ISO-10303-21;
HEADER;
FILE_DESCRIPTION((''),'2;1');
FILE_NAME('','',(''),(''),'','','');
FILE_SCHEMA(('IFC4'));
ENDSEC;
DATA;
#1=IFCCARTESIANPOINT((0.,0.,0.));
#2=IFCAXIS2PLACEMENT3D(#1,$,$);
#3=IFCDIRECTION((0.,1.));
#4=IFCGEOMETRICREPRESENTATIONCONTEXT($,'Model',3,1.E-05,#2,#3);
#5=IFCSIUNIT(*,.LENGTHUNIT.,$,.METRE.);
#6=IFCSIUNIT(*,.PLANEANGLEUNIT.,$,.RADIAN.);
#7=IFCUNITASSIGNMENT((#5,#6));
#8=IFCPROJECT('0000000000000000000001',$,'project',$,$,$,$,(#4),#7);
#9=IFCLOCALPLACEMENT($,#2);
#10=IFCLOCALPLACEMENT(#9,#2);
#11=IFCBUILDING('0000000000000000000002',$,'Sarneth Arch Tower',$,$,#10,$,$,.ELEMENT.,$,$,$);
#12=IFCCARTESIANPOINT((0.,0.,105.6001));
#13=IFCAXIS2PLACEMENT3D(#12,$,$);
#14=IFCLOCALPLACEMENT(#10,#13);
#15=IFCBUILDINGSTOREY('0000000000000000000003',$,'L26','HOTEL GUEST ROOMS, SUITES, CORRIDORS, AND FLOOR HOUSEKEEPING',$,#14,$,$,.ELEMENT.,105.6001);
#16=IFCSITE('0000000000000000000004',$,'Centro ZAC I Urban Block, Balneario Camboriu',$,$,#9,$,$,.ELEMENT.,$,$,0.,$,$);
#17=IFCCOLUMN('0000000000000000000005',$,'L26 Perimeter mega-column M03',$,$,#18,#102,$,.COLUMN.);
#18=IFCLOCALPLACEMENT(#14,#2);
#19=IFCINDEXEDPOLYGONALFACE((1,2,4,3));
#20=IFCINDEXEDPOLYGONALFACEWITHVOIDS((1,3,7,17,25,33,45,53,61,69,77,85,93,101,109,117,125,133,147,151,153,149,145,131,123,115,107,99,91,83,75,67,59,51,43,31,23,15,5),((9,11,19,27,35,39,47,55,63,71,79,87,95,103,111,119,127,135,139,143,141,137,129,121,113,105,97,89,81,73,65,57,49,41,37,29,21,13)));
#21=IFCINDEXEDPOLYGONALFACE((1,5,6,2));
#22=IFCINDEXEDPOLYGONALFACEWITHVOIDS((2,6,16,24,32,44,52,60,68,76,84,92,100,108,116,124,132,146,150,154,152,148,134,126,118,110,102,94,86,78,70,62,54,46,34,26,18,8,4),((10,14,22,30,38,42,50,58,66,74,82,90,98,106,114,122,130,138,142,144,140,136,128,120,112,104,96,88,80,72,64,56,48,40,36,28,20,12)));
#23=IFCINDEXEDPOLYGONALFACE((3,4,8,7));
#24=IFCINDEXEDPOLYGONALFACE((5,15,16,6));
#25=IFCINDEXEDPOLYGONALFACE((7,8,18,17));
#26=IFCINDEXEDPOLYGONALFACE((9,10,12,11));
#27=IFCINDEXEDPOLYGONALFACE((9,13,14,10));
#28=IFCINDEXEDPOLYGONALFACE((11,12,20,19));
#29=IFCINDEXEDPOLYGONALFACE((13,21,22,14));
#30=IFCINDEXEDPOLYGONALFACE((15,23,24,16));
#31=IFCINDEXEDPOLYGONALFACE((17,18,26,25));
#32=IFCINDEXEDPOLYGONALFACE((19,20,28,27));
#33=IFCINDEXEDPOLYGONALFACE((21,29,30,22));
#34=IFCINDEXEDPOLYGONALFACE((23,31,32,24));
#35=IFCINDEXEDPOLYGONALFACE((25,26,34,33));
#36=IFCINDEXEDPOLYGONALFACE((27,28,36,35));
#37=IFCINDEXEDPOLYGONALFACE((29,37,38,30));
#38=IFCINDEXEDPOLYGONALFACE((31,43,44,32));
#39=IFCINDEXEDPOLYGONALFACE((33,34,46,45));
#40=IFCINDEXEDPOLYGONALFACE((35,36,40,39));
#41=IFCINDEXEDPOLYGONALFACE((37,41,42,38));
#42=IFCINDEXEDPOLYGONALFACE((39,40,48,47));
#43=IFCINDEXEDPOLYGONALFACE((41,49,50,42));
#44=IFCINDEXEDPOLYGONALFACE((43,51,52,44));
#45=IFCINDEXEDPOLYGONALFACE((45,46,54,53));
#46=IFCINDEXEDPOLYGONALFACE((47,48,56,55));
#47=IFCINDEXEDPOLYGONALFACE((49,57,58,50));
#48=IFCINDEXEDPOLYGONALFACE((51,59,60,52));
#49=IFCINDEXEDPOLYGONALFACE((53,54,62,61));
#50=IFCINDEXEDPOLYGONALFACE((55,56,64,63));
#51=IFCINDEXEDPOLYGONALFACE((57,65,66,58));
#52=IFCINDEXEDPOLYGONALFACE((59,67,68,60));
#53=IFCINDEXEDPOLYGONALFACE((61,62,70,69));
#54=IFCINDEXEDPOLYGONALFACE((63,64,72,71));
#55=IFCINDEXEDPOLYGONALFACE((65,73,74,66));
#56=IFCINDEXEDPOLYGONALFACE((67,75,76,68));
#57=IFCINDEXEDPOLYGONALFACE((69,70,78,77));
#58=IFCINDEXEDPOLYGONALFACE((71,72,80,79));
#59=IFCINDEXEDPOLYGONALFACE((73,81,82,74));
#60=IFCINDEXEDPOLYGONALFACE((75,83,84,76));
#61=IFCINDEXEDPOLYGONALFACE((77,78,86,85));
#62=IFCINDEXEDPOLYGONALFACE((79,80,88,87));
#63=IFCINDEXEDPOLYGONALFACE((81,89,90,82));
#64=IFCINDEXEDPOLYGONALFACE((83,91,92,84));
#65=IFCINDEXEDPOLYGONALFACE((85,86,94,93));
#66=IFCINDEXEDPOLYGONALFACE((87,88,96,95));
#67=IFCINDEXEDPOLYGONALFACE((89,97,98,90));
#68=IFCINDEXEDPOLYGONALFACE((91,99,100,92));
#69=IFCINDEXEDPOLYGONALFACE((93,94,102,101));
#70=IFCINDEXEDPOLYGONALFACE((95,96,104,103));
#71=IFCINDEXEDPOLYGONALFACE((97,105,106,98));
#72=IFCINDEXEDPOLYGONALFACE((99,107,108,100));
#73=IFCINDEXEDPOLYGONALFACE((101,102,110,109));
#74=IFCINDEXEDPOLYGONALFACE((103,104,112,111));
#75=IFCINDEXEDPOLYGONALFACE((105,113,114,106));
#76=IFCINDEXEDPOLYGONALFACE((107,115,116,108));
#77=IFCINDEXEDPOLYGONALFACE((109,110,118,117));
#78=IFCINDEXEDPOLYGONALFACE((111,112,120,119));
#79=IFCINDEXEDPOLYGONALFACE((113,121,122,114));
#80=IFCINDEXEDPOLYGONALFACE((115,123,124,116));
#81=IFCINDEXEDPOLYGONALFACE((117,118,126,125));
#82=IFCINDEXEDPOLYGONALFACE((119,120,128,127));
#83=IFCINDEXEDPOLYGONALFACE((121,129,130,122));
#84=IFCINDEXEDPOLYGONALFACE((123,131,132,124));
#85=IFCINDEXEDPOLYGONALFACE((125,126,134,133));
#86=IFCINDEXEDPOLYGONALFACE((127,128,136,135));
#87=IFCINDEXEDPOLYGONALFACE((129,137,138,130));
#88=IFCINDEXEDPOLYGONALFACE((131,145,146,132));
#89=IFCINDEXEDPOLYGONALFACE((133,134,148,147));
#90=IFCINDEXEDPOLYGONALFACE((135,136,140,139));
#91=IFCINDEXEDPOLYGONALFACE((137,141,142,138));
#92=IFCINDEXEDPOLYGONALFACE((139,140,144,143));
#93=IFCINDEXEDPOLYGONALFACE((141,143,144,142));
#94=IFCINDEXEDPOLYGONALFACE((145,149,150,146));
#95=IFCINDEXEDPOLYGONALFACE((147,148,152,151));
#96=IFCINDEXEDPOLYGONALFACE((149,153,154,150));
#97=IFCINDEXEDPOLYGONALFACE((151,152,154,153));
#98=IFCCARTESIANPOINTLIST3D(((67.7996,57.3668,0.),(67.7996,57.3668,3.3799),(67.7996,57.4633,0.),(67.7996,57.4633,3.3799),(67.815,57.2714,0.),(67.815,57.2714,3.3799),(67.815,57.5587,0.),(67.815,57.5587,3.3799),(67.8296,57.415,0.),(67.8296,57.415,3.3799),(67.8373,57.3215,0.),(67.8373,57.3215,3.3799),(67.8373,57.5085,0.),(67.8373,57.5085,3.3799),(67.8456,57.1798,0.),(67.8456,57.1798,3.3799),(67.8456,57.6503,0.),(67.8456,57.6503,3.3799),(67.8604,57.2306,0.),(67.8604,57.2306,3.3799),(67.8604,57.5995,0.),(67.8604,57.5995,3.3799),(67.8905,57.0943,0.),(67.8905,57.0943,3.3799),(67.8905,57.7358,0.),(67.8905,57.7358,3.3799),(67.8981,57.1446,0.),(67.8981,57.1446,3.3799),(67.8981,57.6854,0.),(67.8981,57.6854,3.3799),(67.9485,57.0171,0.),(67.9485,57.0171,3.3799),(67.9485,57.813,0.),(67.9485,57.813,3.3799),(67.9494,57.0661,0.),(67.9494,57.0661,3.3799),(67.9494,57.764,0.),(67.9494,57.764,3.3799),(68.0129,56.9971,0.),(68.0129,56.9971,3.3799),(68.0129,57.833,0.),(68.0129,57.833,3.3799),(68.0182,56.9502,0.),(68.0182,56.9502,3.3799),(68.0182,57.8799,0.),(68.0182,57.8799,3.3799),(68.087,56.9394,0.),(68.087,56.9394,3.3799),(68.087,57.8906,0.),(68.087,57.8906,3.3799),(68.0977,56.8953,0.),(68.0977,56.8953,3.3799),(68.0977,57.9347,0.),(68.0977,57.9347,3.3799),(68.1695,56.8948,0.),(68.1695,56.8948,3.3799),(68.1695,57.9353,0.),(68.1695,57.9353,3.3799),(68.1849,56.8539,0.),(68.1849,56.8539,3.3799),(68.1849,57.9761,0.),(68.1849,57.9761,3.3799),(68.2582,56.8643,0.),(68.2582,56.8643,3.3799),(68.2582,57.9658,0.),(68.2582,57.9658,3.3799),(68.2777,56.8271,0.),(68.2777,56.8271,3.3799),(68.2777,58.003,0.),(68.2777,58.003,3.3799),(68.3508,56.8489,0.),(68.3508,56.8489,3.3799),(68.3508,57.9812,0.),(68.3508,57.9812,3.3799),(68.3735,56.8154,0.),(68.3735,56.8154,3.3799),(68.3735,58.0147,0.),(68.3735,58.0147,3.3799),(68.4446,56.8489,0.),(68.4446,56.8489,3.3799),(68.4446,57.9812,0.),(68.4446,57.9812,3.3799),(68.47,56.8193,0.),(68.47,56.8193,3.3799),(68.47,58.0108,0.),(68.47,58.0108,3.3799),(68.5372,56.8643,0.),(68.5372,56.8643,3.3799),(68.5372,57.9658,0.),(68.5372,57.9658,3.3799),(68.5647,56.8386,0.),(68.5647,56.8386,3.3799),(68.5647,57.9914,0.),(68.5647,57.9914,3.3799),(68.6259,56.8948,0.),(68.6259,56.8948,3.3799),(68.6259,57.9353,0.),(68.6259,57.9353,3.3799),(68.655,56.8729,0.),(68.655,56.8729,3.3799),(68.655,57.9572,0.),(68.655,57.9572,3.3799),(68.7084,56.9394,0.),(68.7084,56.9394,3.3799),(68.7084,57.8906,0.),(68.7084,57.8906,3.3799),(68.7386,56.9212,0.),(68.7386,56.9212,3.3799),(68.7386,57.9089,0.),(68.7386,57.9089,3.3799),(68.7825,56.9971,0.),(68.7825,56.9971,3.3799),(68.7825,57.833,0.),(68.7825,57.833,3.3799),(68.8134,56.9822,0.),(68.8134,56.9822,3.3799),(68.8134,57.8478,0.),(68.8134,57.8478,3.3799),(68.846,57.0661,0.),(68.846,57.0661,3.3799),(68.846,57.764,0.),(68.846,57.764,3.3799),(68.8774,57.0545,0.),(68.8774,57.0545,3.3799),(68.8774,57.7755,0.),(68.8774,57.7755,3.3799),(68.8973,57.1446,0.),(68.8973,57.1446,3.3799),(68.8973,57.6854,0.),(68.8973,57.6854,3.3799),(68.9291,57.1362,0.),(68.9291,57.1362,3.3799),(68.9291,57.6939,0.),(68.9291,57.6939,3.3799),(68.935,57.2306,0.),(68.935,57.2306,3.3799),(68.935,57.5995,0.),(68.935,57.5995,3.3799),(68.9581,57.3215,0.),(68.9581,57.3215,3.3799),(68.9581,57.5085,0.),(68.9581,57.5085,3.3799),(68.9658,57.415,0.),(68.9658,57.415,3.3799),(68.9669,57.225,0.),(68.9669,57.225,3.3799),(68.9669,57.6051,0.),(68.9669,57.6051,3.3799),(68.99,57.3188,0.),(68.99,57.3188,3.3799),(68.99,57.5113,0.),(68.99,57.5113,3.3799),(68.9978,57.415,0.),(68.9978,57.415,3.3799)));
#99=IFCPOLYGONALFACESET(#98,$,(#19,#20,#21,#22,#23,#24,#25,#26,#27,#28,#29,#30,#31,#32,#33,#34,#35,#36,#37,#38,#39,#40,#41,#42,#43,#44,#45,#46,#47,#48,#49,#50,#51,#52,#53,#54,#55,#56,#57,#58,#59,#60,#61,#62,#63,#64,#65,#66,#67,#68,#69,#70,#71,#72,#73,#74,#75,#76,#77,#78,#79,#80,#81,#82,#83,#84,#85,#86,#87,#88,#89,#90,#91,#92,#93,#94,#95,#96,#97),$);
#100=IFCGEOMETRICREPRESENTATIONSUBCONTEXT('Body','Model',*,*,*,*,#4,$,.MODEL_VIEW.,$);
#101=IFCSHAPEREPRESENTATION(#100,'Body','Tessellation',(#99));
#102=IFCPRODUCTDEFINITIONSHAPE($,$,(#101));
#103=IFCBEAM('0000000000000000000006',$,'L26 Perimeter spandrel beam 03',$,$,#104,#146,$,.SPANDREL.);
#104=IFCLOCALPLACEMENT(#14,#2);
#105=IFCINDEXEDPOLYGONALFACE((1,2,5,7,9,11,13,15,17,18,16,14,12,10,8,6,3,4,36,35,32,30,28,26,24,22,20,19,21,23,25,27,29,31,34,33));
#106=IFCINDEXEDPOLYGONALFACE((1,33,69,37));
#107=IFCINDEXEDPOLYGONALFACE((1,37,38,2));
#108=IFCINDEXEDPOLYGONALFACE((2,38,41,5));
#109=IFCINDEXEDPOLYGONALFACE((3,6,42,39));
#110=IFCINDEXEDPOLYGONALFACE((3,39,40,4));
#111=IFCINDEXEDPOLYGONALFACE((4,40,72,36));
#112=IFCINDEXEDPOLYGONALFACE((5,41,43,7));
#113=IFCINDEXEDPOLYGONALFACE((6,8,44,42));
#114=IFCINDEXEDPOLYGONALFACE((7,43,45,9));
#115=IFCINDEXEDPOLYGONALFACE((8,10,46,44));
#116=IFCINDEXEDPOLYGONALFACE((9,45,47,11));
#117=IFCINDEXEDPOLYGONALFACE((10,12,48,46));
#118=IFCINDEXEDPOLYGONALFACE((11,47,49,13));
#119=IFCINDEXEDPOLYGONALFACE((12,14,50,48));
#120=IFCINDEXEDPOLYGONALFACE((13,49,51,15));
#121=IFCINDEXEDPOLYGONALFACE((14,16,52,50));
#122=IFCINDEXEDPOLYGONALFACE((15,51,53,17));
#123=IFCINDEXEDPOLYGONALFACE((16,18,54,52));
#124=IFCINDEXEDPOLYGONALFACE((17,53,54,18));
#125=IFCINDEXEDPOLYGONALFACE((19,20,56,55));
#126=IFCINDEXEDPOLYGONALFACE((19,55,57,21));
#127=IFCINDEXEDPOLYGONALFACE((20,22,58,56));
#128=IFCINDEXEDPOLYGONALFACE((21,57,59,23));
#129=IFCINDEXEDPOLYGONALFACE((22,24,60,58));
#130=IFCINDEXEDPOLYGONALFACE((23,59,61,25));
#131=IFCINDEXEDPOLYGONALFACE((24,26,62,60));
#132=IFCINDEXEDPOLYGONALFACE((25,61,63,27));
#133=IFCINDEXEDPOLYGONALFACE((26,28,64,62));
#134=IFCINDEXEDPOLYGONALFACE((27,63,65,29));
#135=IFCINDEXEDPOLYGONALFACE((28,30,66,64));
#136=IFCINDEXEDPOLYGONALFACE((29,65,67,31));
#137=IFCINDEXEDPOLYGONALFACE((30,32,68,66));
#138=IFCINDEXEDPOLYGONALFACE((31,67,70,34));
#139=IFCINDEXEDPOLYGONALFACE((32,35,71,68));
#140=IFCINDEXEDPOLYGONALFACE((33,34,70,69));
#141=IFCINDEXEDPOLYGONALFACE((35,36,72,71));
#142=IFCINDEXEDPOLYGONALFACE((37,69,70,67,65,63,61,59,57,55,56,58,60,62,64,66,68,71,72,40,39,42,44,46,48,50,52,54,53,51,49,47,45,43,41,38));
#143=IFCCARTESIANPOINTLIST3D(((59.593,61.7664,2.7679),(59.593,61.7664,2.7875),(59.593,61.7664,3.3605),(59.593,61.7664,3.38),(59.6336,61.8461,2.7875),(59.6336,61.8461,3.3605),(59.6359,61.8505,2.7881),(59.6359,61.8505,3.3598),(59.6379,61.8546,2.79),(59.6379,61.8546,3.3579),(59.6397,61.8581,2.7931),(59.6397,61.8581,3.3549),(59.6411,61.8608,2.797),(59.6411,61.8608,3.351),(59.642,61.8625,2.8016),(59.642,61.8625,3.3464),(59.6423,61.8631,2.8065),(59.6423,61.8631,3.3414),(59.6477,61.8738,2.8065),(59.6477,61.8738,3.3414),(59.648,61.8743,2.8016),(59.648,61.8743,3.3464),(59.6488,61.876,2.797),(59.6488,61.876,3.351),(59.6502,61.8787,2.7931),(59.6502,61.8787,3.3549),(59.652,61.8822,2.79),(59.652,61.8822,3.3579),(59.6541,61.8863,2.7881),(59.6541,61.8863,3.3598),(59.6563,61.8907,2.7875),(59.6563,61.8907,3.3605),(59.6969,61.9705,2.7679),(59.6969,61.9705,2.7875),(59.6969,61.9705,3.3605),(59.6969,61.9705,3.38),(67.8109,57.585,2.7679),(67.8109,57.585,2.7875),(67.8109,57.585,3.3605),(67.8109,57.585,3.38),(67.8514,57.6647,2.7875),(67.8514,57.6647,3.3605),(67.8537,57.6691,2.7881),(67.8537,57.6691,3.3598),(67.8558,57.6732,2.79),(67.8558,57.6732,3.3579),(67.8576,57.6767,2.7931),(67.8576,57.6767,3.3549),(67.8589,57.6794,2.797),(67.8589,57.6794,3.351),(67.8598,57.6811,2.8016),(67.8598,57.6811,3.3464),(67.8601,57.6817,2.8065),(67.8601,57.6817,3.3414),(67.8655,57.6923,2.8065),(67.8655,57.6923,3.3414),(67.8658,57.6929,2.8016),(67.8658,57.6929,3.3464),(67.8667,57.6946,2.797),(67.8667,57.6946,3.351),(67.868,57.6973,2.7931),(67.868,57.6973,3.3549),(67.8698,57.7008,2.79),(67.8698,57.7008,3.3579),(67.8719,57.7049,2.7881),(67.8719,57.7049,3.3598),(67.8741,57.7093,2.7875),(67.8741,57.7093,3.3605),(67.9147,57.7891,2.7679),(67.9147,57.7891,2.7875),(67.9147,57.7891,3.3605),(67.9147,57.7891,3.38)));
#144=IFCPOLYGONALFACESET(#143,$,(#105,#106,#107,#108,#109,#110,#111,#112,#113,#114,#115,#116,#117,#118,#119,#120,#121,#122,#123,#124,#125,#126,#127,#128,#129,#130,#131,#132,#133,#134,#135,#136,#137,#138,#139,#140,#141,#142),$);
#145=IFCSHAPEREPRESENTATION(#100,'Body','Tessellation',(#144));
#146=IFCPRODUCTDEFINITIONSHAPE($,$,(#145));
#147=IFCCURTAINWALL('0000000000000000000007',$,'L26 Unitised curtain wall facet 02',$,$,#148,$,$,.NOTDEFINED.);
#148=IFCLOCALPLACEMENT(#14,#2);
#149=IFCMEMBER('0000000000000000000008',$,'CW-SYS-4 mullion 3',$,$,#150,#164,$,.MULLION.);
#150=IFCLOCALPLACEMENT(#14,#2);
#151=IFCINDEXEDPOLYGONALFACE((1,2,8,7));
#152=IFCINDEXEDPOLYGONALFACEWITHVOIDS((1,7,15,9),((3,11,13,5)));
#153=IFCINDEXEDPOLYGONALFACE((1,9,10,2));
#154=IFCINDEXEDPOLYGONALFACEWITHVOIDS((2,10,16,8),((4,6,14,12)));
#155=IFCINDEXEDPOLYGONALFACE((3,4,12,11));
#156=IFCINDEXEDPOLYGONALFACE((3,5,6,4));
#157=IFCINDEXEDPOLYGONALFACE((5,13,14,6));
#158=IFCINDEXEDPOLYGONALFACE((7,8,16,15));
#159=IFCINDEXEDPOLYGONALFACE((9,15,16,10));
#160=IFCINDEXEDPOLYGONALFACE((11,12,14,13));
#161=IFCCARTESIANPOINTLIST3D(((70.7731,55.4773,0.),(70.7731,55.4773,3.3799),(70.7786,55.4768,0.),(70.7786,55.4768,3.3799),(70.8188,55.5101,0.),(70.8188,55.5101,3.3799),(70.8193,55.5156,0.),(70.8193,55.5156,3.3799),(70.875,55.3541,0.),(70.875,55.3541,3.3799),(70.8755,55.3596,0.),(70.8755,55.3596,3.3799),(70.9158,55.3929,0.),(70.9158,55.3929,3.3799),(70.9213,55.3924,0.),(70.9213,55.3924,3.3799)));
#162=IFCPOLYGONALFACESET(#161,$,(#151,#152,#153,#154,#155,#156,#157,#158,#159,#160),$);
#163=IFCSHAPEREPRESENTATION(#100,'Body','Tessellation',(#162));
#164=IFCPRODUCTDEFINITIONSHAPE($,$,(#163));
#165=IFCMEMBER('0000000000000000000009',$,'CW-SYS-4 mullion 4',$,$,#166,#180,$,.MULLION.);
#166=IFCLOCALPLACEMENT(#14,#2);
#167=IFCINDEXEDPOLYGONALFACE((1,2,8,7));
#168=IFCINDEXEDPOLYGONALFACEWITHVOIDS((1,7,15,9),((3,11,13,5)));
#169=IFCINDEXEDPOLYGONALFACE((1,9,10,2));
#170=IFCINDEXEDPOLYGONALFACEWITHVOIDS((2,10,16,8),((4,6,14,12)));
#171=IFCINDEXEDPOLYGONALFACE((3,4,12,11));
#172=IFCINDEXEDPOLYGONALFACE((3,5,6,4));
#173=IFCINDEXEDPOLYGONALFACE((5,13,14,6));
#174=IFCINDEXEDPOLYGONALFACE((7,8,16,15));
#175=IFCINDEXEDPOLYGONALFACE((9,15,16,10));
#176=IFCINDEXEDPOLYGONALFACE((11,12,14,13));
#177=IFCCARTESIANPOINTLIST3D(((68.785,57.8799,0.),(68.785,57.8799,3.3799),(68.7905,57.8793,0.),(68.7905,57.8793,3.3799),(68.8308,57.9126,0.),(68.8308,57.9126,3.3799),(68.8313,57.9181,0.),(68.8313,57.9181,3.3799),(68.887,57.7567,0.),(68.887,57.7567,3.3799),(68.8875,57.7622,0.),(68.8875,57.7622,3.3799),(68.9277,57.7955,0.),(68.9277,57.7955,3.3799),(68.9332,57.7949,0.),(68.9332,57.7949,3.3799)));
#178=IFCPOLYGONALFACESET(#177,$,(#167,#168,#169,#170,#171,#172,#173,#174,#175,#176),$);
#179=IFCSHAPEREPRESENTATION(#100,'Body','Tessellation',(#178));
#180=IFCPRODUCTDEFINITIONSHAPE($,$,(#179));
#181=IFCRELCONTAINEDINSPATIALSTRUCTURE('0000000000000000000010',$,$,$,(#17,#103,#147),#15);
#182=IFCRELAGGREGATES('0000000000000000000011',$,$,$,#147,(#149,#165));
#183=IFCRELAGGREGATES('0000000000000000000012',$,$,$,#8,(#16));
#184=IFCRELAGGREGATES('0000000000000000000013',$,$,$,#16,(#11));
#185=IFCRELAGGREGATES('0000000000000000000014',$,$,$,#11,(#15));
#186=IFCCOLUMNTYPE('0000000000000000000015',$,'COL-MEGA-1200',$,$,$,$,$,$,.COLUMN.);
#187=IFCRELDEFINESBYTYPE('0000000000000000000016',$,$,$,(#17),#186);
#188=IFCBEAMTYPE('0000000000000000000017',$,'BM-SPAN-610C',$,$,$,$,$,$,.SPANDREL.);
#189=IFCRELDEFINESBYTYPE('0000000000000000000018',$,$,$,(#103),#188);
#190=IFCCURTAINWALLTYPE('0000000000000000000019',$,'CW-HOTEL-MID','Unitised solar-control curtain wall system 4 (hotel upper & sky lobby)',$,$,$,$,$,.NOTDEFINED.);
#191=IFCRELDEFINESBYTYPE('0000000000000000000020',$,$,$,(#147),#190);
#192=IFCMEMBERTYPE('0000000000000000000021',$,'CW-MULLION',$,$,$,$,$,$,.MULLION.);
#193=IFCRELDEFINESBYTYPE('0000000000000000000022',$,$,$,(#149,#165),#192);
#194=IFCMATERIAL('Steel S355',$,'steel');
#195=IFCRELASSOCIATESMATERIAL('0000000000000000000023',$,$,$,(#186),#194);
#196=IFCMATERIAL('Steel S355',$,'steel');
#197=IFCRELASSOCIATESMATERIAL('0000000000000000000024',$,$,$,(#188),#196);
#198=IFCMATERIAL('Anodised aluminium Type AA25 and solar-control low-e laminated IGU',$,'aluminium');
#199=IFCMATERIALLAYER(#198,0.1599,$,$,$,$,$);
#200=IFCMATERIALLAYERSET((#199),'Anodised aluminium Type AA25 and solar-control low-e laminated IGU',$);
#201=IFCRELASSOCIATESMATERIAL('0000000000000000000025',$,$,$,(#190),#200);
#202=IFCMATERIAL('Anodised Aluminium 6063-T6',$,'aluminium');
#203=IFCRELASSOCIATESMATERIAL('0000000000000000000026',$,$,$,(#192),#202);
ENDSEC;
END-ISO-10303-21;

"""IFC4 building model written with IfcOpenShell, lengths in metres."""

from ifc_helpers import new_model, si_unit, direction, frame, origin, origin_2d, place, context, subcontext, project, spatial, hollow_rectangle, hollow_circle, i_section, extrude, material, layer, layer_set, material_profile, profile_set, type_object, element, aggregate, save


model = new_model("IFC4")

# Units and contexts
model_context = context("Model", 3, precision=1e-05, world=origin(), true_north=direction((0.0, 1.0)))
body_context = subcontext(model_context, "Body", "Model", "MODEL_VIEW")
ifc_project = project(units=[si_unit("LENGTHUNIT", "METRE"), si_unit("PLANEANGLEUNIT", "RADIAN")], contexts=[model_context])

# Site, building, storey
site_placement = place(None, origin())
site = spatial("IfcSite", under=ifc_project, at=site_placement, Name="Centro ZAC I Urban Block, Balneario Camboriu", CompositionType="ELEMENT", RefElevation=0.0)
building_placement = place(site_placement, origin())
building = spatial("IfcBuilding", under=site, at=building_placement, Name="Sarneth Arch Tower", CompositionType="ELEMENT")
storey_placement = place(building_placement, frame((0.0, 0.0, 105.6001)))
storey = spatial("IfcBuildingStorey", under=building, at=storey_placement, Name="L26", Description="HOTEL GUEST ROOMS, SUITES, CORRIDORS, AND FLOOR HOUSEKEEPING", CompositionType="ELEMENT", Elevation=105.6001)

# Column
ifc_material_1 = material(Name="Steel S355", Category="steel")
ifc_material_profile_1 = material_profile(ifc_material_1, hollow_circle(Radius=0.6001, WallThickness=0.032, at=origin_2d()), Name="CHS1200x32")
ifc_profile_set_1 = profile_set([ifc_material_profile_1], Name="Steel S355")
column_type = type_object("IfcColumnType", Name="COL-MEGA-1200", PredefinedType="COLUMN", material=ifc_profile_set_1)
column_placement = place(storey_placement, frame((68.3977, 57.415, 0.0), z_axis=(0.0, 0.0, 1.0), x_axis=(1.0, 0.0, 0.0)))
element("IfcColumn", 1, at=column_placement, inside=storey, type_object=column_type, Name="L26 Perimeter mega-column M03", PredefinedType="COLUMN", context=body_context, shape_type="SweptSolid", body=[
    extrude(hollow_circle(Radius=0.6001, WallThickness=0.032, at=origin_2d()), origin(), (0.0, 0.0, 1.0), 3.3799),
])

# Beam
ifc_material_2 = material(Name="Steel S355", Category="steel")
ifc_material_profile_2 = material_profile(ifc_material_2, i_section(OverallWidth=0.229, OverallDepth=0.6121, WebThickness=0.012, FlangeThickness=0.0195, FilletRadius=0.019, at=origin_2d()), Name="W610x125")
ifc_profile_set_2 = profile_set([ifc_material_profile_2], Name="Steel S355")
beam_type = type_object("IfcBeamType", Name="BM-SPAN-610C", PredefinedType="SPANDREL", material=ifc_profile_set_2)
beam_placement = place(storey_placement, frame((67.8628, 57.687, 3.074), z_axis=(-0.891259, 0.453494, 0.0), x_axis=(-0.453494, -0.891259, 0.0)))
element("IfcBeam", 2, at=beam_placement, inside=storey, type_object=beam_type, Name="L26 Perimeter spandrel beam 03", PredefinedType="SPANDREL", context=body_context, shape_type="SweptSolid", body=[
    extrude(i_section(OverallWidth=0.229, OverallDepth=0.6121, WebThickness=0.012, FlangeThickness=0.0195, FilletRadius=0.019, at=origin_2d()), origin(), (0.0, 0.0, 1.0), 9.2205),
])

# Curtain wall, members
ifc_material_3 = material(Name="Anodised aluminium Type AA25 and solar-control low-e laminated IGU", Category="aluminium")
ifc_layer_1 = layer(ifc_material_3, 0.1599)
ifc_layer_set_1 = layer_set([ifc_layer_1], Name="Anodised aluminium Type AA25 and solar-control low-e laminated IGU")
curtain_wall_type = type_object("IfcCurtainWallType", Name="CW-HOTEL-MID", Description="Unitised solar-control curtain wall system 4 (hotel upper & sky lobby)", PredefinedType="NOTDEFINED", material=ifc_layer_set_1)
curtain_wall_placement = place(storey_placement, origin())
curtain_wall = element("IfcCurtainWall", 3, at=curtain_wall_placement, inside=storey, type_object=curtain_wall_type, Name="L26 Unitised curtain wall facet 02", PredefinedType="NOTDEFINED")
ifc_material_4 = material(Name="Anodised Aluminium 6063-T6", Category="aluminium")
ifc_material_profile_3 = material_profile(ifc_material_4, hollow_rectangle(XDim=0.0601, YDim=0.1599, WallThickness=0.0039, at=origin_2d()), Name="AL-MULL-160x60x4")
ifc_profile_set_3 = profile_set([ifc_material_profile_3], Name="Anodised Aluminium 6063-T6")
member_type_1 = type_object("IfcMemberType", Name="CW-MULLION", PredefinedType="MULLION", material=ifc_profile_set_3)
member_1_placement = place(storey_placement, frame((70.8472, 55.4348, 0.0), z_axis=(0.0, 0.0, 1.0), x_axis=(-0.770438, -0.637515, 0.0)))
member_1 = element("IfcMember", 4, at=member_1_placement, type_object=member_type_1, Name="CW-SYS-4 mullion 3", PredefinedType="MULLION", context=body_context, shape_type="SweptSolid", body=[
    extrude(hollow_rectangle(XDim=0.0601, YDim=0.1599, WallThickness=0.0039, at=origin_2d()), origin(), (0.0, 0.0, 1.0), 3.3799),
])
member_2_placement = place(storey_placement, frame((68.8591, 57.8374, 0.0), z_axis=(0.0, 0.0, 1.0), x_axis=(-0.770438, -0.637515, 0.0)))
member_2 = element("IfcMember", 5, at=member_2_placement, type_object=member_type_1, Name="CW-SYS-4 mullion 4", PredefinedType="MULLION", context=body_context, shape_type="SweptSolid", body=[
    extrude(hollow_rectangle(XDim=0.0601, YDim=0.1599, WallThickness=0.0039, at=origin_2d()), origin(), (0.0, 0.0, 1.0), 3.3799),
])

aggregate(curtain_wall, [member_1, member_2])

save(model, "model.ifc")
